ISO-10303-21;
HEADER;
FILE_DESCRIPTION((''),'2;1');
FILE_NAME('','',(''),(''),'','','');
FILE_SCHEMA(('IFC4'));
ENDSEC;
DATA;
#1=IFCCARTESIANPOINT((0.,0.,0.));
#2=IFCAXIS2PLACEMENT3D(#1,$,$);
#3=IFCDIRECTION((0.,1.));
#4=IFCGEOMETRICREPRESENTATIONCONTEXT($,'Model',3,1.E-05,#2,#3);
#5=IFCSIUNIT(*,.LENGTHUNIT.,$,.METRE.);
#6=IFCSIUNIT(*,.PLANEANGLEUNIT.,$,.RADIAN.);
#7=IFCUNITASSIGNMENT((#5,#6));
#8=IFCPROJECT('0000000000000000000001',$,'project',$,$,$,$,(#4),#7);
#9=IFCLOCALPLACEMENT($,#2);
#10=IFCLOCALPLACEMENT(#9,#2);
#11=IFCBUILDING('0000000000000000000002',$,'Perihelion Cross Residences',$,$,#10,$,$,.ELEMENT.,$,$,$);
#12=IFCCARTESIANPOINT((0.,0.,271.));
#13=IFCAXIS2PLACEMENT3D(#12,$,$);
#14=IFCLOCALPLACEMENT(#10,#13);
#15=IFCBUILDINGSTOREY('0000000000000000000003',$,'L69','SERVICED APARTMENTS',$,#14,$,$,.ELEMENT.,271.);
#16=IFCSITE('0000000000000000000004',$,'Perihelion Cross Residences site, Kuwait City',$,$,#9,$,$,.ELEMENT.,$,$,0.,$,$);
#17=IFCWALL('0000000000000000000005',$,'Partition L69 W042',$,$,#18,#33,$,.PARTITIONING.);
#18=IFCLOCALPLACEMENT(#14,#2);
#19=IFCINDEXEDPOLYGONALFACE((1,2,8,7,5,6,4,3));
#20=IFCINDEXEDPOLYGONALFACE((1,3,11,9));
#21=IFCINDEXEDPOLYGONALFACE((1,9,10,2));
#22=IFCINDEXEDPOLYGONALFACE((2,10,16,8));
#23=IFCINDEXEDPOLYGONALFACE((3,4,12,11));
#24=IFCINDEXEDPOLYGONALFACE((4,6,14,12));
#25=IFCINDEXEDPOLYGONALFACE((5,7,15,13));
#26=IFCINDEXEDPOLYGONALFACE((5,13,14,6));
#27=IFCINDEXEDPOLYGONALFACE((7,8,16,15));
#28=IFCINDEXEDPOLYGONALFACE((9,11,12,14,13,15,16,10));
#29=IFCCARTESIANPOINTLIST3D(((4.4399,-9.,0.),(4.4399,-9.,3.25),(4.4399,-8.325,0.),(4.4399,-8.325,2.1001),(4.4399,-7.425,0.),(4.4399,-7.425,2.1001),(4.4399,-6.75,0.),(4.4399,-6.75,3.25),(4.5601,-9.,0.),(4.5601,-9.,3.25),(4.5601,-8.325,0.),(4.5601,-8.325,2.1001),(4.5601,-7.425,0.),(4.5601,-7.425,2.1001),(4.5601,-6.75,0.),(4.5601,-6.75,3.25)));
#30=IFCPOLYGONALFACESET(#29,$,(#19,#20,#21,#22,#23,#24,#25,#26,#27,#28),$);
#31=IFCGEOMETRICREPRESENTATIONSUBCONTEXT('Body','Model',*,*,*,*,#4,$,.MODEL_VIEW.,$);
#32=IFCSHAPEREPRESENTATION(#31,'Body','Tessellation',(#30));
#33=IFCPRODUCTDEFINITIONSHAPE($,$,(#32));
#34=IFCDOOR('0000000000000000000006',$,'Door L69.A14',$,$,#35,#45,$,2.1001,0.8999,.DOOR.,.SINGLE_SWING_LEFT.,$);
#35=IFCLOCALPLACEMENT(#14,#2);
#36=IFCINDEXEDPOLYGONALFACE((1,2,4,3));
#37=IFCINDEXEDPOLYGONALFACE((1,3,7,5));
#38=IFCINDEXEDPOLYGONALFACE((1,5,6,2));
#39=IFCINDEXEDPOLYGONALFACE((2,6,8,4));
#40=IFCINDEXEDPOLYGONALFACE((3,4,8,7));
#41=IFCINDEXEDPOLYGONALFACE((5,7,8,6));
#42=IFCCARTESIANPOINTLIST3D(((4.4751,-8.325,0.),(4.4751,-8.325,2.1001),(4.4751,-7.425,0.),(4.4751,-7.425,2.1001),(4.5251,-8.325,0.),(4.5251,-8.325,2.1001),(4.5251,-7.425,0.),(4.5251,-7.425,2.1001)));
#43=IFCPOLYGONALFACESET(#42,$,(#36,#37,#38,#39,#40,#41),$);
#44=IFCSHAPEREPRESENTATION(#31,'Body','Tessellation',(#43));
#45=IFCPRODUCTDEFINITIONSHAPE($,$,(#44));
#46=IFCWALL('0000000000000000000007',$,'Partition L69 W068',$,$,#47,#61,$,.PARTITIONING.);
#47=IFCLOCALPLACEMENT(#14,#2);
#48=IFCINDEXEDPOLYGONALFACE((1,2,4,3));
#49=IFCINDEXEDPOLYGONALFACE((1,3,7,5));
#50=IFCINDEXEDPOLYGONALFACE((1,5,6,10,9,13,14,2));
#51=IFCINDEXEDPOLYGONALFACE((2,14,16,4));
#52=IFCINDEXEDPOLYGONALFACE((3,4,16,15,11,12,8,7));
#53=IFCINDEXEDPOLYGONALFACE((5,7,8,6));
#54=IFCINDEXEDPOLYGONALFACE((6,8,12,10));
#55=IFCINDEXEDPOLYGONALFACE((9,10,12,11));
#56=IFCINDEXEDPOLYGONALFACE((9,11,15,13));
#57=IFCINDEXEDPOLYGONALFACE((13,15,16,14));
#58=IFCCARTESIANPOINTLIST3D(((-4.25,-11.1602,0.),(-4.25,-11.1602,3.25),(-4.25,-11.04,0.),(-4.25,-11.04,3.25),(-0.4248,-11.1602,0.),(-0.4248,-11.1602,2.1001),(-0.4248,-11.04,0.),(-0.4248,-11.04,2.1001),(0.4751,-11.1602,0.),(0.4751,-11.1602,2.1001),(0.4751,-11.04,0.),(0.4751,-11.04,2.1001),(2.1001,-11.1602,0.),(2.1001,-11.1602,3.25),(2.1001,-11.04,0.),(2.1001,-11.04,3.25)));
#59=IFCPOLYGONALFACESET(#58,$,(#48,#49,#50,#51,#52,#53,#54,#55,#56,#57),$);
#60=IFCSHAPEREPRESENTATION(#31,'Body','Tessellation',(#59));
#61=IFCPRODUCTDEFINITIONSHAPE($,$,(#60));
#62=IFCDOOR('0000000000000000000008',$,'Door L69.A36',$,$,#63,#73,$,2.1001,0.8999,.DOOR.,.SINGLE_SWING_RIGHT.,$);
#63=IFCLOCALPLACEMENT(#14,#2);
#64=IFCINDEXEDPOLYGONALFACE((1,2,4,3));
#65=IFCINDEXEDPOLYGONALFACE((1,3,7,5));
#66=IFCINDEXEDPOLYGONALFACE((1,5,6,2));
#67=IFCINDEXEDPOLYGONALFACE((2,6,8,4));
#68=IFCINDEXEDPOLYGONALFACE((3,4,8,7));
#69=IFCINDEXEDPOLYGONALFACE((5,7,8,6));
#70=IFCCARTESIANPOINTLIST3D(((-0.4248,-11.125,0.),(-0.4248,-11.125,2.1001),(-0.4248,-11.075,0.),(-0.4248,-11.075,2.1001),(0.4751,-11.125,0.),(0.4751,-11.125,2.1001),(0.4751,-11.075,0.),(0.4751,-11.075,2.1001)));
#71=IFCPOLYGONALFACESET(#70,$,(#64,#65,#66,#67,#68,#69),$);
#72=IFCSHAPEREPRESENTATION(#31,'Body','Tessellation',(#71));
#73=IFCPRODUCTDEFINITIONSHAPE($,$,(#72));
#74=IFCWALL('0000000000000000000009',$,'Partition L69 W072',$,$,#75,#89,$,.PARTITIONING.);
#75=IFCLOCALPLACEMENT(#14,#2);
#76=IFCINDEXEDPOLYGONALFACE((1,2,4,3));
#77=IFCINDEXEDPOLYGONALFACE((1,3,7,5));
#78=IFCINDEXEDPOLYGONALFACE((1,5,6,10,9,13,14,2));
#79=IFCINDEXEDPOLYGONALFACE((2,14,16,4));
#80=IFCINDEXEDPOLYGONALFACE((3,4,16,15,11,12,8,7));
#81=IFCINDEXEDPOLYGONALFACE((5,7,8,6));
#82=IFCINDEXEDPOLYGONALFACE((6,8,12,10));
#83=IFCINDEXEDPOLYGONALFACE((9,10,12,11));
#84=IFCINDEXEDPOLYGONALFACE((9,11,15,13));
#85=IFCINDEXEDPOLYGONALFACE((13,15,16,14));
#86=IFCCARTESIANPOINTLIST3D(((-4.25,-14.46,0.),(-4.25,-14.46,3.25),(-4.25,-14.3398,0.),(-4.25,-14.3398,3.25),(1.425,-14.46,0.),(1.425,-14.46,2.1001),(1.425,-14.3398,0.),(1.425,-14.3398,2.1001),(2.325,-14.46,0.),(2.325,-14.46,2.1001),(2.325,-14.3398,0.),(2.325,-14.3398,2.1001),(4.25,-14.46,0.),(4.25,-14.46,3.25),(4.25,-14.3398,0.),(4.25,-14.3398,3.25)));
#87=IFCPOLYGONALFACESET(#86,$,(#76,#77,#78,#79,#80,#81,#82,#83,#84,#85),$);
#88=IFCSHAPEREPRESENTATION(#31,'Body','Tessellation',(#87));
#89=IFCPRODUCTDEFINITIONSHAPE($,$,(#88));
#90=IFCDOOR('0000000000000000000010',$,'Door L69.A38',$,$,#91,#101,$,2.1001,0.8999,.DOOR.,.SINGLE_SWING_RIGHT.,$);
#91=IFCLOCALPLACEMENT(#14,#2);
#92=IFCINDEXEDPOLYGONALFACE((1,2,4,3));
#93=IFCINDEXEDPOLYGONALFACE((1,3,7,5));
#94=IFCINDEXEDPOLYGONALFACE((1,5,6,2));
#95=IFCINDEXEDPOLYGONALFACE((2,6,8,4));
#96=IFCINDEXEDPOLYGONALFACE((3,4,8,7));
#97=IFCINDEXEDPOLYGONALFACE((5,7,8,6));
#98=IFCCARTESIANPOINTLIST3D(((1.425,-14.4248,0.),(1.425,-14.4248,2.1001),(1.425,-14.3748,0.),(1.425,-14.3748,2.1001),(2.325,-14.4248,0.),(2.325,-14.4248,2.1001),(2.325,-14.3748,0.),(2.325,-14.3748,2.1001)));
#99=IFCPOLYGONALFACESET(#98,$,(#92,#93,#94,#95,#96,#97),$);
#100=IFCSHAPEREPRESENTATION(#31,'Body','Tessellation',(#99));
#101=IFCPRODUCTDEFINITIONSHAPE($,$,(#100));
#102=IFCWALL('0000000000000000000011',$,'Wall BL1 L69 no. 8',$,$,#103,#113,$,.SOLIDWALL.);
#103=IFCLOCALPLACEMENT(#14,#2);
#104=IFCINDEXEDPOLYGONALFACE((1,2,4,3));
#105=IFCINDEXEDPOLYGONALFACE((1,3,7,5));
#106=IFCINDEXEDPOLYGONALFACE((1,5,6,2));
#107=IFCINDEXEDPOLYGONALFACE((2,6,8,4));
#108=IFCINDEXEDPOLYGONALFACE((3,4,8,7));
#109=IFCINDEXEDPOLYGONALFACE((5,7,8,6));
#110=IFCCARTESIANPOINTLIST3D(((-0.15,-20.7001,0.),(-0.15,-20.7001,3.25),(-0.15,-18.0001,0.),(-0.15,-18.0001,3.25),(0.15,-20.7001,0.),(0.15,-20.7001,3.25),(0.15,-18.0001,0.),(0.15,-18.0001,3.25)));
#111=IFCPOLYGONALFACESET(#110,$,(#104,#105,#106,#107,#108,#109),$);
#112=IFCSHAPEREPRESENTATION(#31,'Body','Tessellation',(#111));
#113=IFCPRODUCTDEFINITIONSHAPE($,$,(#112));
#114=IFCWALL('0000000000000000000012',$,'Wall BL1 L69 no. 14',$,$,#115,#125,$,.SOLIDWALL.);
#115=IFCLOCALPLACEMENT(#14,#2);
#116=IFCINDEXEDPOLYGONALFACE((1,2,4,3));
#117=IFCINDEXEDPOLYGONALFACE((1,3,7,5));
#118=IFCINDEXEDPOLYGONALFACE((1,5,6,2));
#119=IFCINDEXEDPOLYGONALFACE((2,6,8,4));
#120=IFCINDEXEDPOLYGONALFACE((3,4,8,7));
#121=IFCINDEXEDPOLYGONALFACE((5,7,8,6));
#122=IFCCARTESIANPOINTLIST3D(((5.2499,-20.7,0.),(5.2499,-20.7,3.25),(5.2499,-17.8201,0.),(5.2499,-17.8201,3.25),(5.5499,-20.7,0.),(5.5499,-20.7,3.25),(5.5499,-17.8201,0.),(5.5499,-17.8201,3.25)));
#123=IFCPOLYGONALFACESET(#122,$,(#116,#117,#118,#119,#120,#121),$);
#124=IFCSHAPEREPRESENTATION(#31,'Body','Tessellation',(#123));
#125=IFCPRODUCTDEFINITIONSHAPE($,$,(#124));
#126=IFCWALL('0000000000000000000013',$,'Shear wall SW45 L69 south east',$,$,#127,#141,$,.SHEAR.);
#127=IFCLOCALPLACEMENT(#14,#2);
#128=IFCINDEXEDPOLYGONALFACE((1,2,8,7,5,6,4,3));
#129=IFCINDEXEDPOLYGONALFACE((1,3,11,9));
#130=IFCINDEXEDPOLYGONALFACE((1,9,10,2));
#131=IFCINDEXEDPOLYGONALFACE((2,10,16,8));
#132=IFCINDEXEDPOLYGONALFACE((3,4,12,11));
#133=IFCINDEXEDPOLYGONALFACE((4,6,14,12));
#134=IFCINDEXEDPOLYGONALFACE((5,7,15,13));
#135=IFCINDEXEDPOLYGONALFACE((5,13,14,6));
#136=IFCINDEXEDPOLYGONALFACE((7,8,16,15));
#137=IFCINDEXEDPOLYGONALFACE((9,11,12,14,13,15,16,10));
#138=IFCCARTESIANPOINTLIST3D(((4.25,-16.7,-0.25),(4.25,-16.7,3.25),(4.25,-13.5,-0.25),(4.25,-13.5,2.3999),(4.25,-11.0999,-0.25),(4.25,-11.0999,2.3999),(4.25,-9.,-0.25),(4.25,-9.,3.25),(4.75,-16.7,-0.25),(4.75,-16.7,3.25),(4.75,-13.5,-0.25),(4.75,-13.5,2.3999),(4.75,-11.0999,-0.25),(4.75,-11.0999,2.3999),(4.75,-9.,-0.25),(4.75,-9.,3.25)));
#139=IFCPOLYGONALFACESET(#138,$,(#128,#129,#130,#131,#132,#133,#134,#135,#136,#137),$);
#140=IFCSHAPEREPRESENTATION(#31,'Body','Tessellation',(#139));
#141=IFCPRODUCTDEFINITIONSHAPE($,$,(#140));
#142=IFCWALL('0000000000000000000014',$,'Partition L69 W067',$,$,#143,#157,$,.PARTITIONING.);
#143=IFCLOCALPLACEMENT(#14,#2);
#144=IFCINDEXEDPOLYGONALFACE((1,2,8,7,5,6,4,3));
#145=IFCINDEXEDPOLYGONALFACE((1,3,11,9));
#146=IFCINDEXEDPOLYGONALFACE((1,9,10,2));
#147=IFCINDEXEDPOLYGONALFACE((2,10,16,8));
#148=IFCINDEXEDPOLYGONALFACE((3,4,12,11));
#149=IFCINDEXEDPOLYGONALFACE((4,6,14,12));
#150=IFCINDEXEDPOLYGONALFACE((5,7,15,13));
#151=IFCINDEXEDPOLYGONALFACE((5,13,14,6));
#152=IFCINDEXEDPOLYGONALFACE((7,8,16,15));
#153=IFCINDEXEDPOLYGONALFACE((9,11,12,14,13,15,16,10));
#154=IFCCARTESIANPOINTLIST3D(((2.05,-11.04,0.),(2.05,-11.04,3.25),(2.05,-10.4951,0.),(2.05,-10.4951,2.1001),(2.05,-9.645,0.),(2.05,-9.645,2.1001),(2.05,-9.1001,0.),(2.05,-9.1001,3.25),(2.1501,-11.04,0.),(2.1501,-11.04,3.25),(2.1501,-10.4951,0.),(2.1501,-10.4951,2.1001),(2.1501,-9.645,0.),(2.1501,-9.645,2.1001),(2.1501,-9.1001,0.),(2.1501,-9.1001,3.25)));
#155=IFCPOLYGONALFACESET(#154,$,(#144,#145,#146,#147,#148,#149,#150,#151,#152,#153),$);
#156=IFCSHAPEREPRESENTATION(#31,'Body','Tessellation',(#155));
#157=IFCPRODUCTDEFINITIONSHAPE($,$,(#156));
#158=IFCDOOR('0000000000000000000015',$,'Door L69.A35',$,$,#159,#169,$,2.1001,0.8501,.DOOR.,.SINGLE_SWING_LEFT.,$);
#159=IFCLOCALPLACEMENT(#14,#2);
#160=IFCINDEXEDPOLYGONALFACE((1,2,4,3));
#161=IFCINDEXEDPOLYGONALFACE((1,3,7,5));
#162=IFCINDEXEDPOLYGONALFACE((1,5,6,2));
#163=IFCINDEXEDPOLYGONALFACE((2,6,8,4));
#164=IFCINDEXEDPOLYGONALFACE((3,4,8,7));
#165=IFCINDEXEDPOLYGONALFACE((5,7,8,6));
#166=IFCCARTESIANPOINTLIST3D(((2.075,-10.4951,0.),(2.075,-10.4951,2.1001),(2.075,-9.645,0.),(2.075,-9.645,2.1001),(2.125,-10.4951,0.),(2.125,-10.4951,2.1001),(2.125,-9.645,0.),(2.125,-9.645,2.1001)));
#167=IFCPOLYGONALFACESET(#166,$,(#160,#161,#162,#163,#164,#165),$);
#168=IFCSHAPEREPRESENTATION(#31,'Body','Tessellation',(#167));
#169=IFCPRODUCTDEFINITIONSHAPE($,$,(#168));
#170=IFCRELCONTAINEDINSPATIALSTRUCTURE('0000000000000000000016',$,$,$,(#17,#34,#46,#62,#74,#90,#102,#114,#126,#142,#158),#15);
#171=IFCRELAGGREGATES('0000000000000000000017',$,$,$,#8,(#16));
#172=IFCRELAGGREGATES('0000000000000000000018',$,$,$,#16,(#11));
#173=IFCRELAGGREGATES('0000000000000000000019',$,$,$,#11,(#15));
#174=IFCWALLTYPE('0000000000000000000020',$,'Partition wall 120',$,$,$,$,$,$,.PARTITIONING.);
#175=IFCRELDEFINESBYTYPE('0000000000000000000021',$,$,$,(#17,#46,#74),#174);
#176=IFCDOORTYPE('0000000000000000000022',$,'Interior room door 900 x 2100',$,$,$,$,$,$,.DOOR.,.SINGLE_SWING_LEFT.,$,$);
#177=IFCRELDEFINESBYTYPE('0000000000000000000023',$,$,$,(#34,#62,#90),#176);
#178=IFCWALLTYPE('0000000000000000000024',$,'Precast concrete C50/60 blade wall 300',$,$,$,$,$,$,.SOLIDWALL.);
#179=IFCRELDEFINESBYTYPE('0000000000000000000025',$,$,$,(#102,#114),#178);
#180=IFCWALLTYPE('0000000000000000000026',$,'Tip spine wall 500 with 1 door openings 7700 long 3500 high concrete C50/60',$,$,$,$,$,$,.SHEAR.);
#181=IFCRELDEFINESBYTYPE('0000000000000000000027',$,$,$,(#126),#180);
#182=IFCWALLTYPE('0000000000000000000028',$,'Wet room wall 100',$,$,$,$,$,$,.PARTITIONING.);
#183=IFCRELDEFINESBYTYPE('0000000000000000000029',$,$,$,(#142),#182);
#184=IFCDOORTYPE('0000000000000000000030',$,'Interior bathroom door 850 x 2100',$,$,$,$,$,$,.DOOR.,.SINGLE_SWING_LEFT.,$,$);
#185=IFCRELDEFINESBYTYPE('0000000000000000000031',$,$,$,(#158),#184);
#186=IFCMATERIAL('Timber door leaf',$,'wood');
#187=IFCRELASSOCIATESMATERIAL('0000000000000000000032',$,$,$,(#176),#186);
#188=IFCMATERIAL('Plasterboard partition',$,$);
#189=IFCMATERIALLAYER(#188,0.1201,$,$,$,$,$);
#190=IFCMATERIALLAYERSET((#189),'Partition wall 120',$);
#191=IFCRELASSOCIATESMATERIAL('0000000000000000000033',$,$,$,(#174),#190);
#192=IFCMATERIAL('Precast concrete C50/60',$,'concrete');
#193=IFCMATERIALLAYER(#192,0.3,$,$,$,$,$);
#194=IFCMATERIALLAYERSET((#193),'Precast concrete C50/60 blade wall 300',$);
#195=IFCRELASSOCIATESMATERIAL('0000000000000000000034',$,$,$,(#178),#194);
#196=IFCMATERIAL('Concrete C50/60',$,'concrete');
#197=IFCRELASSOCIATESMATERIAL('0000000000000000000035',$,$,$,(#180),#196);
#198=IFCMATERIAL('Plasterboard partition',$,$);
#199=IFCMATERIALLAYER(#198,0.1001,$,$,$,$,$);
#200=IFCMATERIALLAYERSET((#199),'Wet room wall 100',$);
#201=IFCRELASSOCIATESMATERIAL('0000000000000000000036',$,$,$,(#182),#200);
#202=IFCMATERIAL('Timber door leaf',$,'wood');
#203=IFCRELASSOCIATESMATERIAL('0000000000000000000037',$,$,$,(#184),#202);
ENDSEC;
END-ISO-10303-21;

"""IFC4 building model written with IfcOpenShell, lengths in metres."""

from ifc_helpers import new_model, si_unit, direction, frame, frame_2d, origin, place, context, subcontext, project, spatial, polyline, rectangle, outline, extrude, material, layer, layer_set, material_profile, profile_set, type_object, element, fill, save


model = new_model("IFC4")

# Units and contexts
model_context = context("Model", 3, precision=1e-05, world=origin(), true_north=direction((0.0, 1.0)))
body_context = subcontext(model_context, "Body", "Model", "MODEL_VIEW")
ifc_project = project(units=[si_unit("LENGTHUNIT", "METRE"), si_unit("PLANEANGLEUNIT", "RADIAN")], contexts=[model_context])

# Site, building, storey
site_placement = place(None, origin())
site = spatial("IfcSite", under=ifc_project, at=site_placement, Name="Perihelion Cross Residences site, Kuwait City", CompositionType="ELEMENT", RefElevation=0.0)
building_placement = place(site_placement, origin())
building = spatial("IfcBuilding", under=site, at=building_placement, Name="Perihelion Cross Residences", CompositionType="ELEMENT")
storey_placement = place(building_placement, frame((0.0, 0.0, 271.0)))
storey = spatial("IfcBuildingStorey", under=building, at=storey_placement, Name="L69", Description="SERVICED APARTMENTS", CompositionType="ELEMENT", Elevation=271.0)

# Walls, openings, doors
ifc_material_1 = material(Name="Timber door leaf", Category="wood")
door_type_1 = type_object("IfcDoorType", Name="Interior room door 900 x 2100", OperationType="SINGLE_SWING_LEFT", PredefinedType="DOOR", material=ifc_material_1)
ifc_material_2 = material(Name="Plasterboard partition")
ifc_layer_1 = layer(ifc_material_2, 0.1201)
ifc_layer_set_1 = layer_set([ifc_layer_1], Name="Partition wall 120")
wall_type_1 = type_object("IfcWallType", Name="Partition wall 120", PredefinedType="PARTITIONING", material=ifc_layer_set_1)
wall_1_placement = place(storey_placement, frame((4.5, -9.0, 0.0), z_axis=(0.0, 0.0, 1.0), x_axis=(0.0, 1.0, 0.0)))
wall_1 = element("IfcWall", 1, at=wall_1_placement, inside=storey, type_object=wall_type_1, Name="Partition L69 W042", PredefinedType="PARTITIONING", context=body_context, shape_type="SweptSolid", body=[
    extrude(rectangle(XDim=2.25, YDim=0.1201, at=frame_2d((1.125, 0.0))), origin(), (0.0, 0.0, 1.0), 3.25),
])
opening_1_placement = place(wall_1_placement, frame((0.675, 0.0, 0.0)))
opening_1 = element("IfcOpeningElement", 2, at=opening_1_placement, cuts=wall_1, PredefinedType="OPENING", context=body_context, shape_type="SweptSolid", body=[
    extrude(rectangle(XDim=0.8999, YDim=2.1001, at=frame_2d((0.45, 1.05))), frame((0.0, 0.0701, 0.0), z_axis=(0.0, -1.0, 0.0), x_axis=(1.0, 0.0, 0.0)), (0.0, 0.0, 1.0), 0.1401),
])
door_1_placement = place(opening_1_placement, origin())
door_1 = element("IfcDoor", 3, at=door_1_placement, inside=storey, type_object=door_type_1, Name="Door L69.A14", OperationType="SINGLE_SWING_LEFT", OverallHeight=2.1001, OverallWidth=0.8999, PredefinedType="DOOR", context=body_context, shape_type="SweptSolid", body=[
    extrude(rectangle(XDim=0.8999, YDim=2.1001, at=frame_2d((0.45, 1.05))), frame((0.0, 0.0249, 0.0), z_axis=(0.0, -1.0, 0.0), x_axis=(1.0, 0.0, 0.0)), (0.0, 0.0, 1.0), 0.05),
])
fill(opening_1, door_1)
wall_2_placement = place(storey_placement, frame((2.1001, -11.1001, 0.0), z_axis=(0.0, 0.0, 1.0), x_axis=(-1.0, 0.0, 0.0)))
wall_2 = element("IfcWall", 4, at=wall_2_placement, inside=storey, type_object=wall_type_1, Name="Partition L69 W068", PredefinedType="PARTITIONING", context=body_context, shape_type="SweptSolid", body=[
    extrude(rectangle(XDim=6.3501, YDim=0.1201, at=frame_2d((3.175, 0.0))), origin(), (0.0, 0.0, 1.0), 3.25),
])
opening_2_placement = place(wall_2_placement, frame((1.625, 0.0, 0.0)))
opening_2 = element("IfcOpeningElement", 5, at=opening_2_placement, cuts=wall_2, PredefinedType="OPENING", context=body_context, shape_type="SweptSolid", body=[
    extrude(rectangle(XDim=0.8999, YDim=2.1001, at=frame_2d((0.45, 1.05))), frame((0.0, 0.0701, 0.0), z_axis=(0.0, -1.0, 0.0), x_axis=(1.0, 0.0, 0.0)), (0.0, 0.0, 1.0), 0.1401),
])
door_2_placement = place(opening_2_placement, origin())
door_2 = element("IfcDoor", 6, at=door_2_placement, inside=storey, type_object=door_type_1, Name="Door L69.A36", OperationType="SINGLE_SWING_RIGHT", OverallHeight=2.1001, OverallWidth=0.8999, PredefinedType="DOOR", context=body_context, shape_type="SweptSolid", body=[
    extrude(rectangle(XDim=0.8999, YDim=2.1001, at=frame_2d((0.45, 1.05))), frame((0.0, 0.0249, 0.0), z_axis=(0.0, -1.0, 0.0), x_axis=(1.0, 0.0, 0.0)), (0.0, 0.0, 1.0), 0.05),
])
fill(opening_2, door_2)
wall_3_placement = place(storey_placement, frame((4.25, -14.3999, 0.0), z_axis=(0.0, 0.0, 1.0), x_axis=(-1.0, 0.0, 0.0)))
wall_3 = element("IfcWall", 7, at=wall_3_placement, inside=storey, type_object=wall_type_1, Name="Partition L69 W072", PredefinedType="PARTITIONING", context=body_context, shape_type="SweptSolid", body=[
    extrude(rectangle(XDim=8.5, YDim=0.1201, at=frame_2d((4.25, 0.0))), origin(), (0.0, 0.0, 1.0), 3.25),
])
opening_3_placement = place(wall_3_placement, frame((1.925, 0.0, 0.0)))
opening_3 = element("IfcOpeningElement", 8, at=opening_3_placement, cuts=wall_3, PredefinedType="OPENING", context=body_context, shape_type="SweptSolid", body=[
    extrude(rectangle(XDim=0.8999, YDim=2.1001, at=frame_2d((0.45, 1.05))), frame((0.0, 0.0701, 0.0), z_axis=(0.0, -1.0, 0.0), x_axis=(1.0, 0.0, 0.0)), (0.0, 0.0, 1.0), 0.1401),
])
door_3_placement = place(opening_3_placement, origin())
door_3 = element("IfcDoor", 9, at=door_3_placement, inside=storey, type_object=door_type_1, Name="Door L69.A38", OperationType="SINGLE_SWING_RIGHT", OverallHeight=2.1001, OverallWidth=0.8999, PredefinedType="DOOR", context=body_context, shape_type="SweptSolid", body=[
    extrude(rectangle(XDim=0.8999, YDim=2.1001, at=frame_2d((0.45, 1.05))), frame((0.0, 0.0249, 0.0), z_axis=(0.0, -1.0, 0.0), x_axis=(1.0, 0.0, 0.0)), (0.0, 0.0, 1.0), 0.05),
])
fill(opening_3, door_3)

# Walls
ifc_material_3 = material(Name="Precast concrete C50/60", Category="concrete")
ifc_layer_2 = layer(ifc_material_3, 0.3)
ifc_layer_set_2 = layer_set([ifc_layer_2], Name="Precast concrete C50/60 blade wall 300")
wall_type_2 = type_object("IfcWallType", Name="Precast concrete C50/60 blade wall 300", PredefinedType="SOLIDWALL", material=ifc_layer_set_2)
wall_4_placement = place(storey_placement, frame((0.0, -18.0, 0.0), z_axis=(0.0, 0.0, 1.0), x_axis=(0.0, -1.0, 0.0)))
element("IfcWall", 10, at=wall_4_placement, inside=storey, type_object=wall_type_2, Name="Wall BL1 L69 no. 8", PredefinedType="SOLIDWALL", context=body_context, shape_type="SweptSolid", body=[
    extrude(rectangle(XDim=2.7, YDim=0.3, at=frame_2d((1.3501, 0.0))), origin(), (0.0, 0.0, 1.0), 3.25),
])
wall_5_placement = place(storey_placement, frame((5.3999, -17.8201, 0.0), z_axis=(0.0, 0.0, 1.0), x_axis=(0.0, -1.0, 0.0)))
element("IfcWall", 11, at=wall_5_placement, inside=storey, type_object=wall_type_2, Name="Wall BL1 L69 no. 14", PredefinedType="SOLIDWALL", context=body_context, shape_type="SweptSolid", body=[
    extrude(rectangle(XDim=2.8799, YDim=0.3, at=frame_2d((1.4399, 0.0))), origin(), (0.0, 0.0, 1.0), 3.25),
])
ifc_material_4 = material(Name="Concrete C50/60", Category="concrete")
ifc_material_profile_1 = material_profile(ifc_material_4, outline(polyline([(0.0, 0.0), (3.2, 0.0), (3.2, 2.6499), (5.6001, 2.6499), (5.6001, 0.0), (7.7, 0.0), (7.7, 3.5), (0.0, 3.5), (0.0, 0.0)])), Name="Tip spine wall")
ifc_profile_set_1 = profile_set([ifc_material_profile_1], Name="Concrete C50/60")
wall_type_3 = type_object("IfcWallType", Name="Tip spine wall 500 with 1 door openings 7700 long 3500 high concrete C50/60", PredefinedType="SHEAR", material=ifc_profile_set_1)
wall_6_placement = place(storey_placement, frame((4.25, -16.7, -0.25), z_axis=(1.0, 0.0, 0.0), x_axis=(0.0, 1.0, 0.0)))
element("IfcWall", 12, at=wall_6_placement, inside=storey, type_object=wall_type_3, Name="Shear wall SW45 L69 south east", PredefinedType="SHEAR", context=body_context, shape_type="SweptSolid", body=[
    extrude(outline(polyline([(0.0, 0.0), (3.2, 0.0), (3.2, 2.6499), (5.6001, 2.6499), (5.6001, 0.0), (7.7, 0.0), (7.7, 3.5), (0.0, 3.5), (0.0, 0.0)])), origin(), (0.0, 0.0, 1.0), 0.5),
])

# Wall, opening, door
ifc_material_5 = material(Name="Plasterboard partition")
ifc_layer_3 = layer(ifc_material_5, 0.1001)
ifc_layer_set_3 = layer_set([ifc_layer_3], Name="Wet room wall 100")
wall_type_4 = type_object("IfcWallType", Name="Wet room wall 100", PredefinedType="PARTITIONING", material=ifc_layer_set_3)
wall_7_placement = place(storey_placement, frame((2.1001, -9.1001, 0.0), z_axis=(0.0, 0.0, 1.0), x_axis=(0.0, -1.0, 0.0)))
wall_7 = element("IfcWall", 13, at=wall_7_placement, inside=storey, type_object=wall_type_4, Name="Partition L69 W067", PredefinedType="PARTITIONING", context=body_context, shape_type="SweptSolid", body=[
    extrude(rectangle(XDim=1.9399, YDim=0.1001, at=frame_2d((0.97, 0.0))), origin(), (0.0, 0.0, 1.0), 3.25),
])
opening_4_placement = place(wall_7_placement, frame((0.5449, 0.0, 0.0)))
opening_4 = element("IfcOpeningElement", 14, at=opening_4_placement, cuts=wall_7, PredefinedType="OPENING", context=body_context, shape_type="SweptSolid", body=[
    extrude(rectangle(XDim=0.8501, YDim=2.1001, at=frame_2d((0.425, 1.05))), frame((0.0, 0.0601, 0.0), z_axis=(0.0, -1.0, 0.0), x_axis=(1.0, 0.0, 0.0)), (0.0, 0.0, 1.0), 0.1201),
])
ifc_material_6 = material(Name="Timber door leaf", Category="wood")
door_type_2 = type_object("IfcDoorType", Name="Interior bathroom door 850 x 2100", OperationType="SINGLE_SWING_LEFT", PredefinedType="DOOR", material=ifc_material_6)
door_4_placement = place(opening_4_placement, origin())
door_4 = element("IfcDoor", 15, at=door_4_placement, inside=storey, type_object=door_type_2, Name="Door L69.A35", OperationType="SINGLE_SWING_LEFT", OverallHeight=2.1001, OverallWidth=0.8501, PredefinedType="DOOR", context=body_context, shape_type="SweptSolid", body=[
    extrude(rectangle(XDim=0.8501, YDim=2.1001, at=frame_2d((0.425, 1.05))), frame((0.0, 0.0249, 0.0), z_axis=(0.0, -1.0, 0.0), x_axis=(1.0, 0.0, 0.0)), (0.0, 0.0, 1.0), 0.05),
])
fill(opening_4, door_4)

save(model, "model.ifc")
